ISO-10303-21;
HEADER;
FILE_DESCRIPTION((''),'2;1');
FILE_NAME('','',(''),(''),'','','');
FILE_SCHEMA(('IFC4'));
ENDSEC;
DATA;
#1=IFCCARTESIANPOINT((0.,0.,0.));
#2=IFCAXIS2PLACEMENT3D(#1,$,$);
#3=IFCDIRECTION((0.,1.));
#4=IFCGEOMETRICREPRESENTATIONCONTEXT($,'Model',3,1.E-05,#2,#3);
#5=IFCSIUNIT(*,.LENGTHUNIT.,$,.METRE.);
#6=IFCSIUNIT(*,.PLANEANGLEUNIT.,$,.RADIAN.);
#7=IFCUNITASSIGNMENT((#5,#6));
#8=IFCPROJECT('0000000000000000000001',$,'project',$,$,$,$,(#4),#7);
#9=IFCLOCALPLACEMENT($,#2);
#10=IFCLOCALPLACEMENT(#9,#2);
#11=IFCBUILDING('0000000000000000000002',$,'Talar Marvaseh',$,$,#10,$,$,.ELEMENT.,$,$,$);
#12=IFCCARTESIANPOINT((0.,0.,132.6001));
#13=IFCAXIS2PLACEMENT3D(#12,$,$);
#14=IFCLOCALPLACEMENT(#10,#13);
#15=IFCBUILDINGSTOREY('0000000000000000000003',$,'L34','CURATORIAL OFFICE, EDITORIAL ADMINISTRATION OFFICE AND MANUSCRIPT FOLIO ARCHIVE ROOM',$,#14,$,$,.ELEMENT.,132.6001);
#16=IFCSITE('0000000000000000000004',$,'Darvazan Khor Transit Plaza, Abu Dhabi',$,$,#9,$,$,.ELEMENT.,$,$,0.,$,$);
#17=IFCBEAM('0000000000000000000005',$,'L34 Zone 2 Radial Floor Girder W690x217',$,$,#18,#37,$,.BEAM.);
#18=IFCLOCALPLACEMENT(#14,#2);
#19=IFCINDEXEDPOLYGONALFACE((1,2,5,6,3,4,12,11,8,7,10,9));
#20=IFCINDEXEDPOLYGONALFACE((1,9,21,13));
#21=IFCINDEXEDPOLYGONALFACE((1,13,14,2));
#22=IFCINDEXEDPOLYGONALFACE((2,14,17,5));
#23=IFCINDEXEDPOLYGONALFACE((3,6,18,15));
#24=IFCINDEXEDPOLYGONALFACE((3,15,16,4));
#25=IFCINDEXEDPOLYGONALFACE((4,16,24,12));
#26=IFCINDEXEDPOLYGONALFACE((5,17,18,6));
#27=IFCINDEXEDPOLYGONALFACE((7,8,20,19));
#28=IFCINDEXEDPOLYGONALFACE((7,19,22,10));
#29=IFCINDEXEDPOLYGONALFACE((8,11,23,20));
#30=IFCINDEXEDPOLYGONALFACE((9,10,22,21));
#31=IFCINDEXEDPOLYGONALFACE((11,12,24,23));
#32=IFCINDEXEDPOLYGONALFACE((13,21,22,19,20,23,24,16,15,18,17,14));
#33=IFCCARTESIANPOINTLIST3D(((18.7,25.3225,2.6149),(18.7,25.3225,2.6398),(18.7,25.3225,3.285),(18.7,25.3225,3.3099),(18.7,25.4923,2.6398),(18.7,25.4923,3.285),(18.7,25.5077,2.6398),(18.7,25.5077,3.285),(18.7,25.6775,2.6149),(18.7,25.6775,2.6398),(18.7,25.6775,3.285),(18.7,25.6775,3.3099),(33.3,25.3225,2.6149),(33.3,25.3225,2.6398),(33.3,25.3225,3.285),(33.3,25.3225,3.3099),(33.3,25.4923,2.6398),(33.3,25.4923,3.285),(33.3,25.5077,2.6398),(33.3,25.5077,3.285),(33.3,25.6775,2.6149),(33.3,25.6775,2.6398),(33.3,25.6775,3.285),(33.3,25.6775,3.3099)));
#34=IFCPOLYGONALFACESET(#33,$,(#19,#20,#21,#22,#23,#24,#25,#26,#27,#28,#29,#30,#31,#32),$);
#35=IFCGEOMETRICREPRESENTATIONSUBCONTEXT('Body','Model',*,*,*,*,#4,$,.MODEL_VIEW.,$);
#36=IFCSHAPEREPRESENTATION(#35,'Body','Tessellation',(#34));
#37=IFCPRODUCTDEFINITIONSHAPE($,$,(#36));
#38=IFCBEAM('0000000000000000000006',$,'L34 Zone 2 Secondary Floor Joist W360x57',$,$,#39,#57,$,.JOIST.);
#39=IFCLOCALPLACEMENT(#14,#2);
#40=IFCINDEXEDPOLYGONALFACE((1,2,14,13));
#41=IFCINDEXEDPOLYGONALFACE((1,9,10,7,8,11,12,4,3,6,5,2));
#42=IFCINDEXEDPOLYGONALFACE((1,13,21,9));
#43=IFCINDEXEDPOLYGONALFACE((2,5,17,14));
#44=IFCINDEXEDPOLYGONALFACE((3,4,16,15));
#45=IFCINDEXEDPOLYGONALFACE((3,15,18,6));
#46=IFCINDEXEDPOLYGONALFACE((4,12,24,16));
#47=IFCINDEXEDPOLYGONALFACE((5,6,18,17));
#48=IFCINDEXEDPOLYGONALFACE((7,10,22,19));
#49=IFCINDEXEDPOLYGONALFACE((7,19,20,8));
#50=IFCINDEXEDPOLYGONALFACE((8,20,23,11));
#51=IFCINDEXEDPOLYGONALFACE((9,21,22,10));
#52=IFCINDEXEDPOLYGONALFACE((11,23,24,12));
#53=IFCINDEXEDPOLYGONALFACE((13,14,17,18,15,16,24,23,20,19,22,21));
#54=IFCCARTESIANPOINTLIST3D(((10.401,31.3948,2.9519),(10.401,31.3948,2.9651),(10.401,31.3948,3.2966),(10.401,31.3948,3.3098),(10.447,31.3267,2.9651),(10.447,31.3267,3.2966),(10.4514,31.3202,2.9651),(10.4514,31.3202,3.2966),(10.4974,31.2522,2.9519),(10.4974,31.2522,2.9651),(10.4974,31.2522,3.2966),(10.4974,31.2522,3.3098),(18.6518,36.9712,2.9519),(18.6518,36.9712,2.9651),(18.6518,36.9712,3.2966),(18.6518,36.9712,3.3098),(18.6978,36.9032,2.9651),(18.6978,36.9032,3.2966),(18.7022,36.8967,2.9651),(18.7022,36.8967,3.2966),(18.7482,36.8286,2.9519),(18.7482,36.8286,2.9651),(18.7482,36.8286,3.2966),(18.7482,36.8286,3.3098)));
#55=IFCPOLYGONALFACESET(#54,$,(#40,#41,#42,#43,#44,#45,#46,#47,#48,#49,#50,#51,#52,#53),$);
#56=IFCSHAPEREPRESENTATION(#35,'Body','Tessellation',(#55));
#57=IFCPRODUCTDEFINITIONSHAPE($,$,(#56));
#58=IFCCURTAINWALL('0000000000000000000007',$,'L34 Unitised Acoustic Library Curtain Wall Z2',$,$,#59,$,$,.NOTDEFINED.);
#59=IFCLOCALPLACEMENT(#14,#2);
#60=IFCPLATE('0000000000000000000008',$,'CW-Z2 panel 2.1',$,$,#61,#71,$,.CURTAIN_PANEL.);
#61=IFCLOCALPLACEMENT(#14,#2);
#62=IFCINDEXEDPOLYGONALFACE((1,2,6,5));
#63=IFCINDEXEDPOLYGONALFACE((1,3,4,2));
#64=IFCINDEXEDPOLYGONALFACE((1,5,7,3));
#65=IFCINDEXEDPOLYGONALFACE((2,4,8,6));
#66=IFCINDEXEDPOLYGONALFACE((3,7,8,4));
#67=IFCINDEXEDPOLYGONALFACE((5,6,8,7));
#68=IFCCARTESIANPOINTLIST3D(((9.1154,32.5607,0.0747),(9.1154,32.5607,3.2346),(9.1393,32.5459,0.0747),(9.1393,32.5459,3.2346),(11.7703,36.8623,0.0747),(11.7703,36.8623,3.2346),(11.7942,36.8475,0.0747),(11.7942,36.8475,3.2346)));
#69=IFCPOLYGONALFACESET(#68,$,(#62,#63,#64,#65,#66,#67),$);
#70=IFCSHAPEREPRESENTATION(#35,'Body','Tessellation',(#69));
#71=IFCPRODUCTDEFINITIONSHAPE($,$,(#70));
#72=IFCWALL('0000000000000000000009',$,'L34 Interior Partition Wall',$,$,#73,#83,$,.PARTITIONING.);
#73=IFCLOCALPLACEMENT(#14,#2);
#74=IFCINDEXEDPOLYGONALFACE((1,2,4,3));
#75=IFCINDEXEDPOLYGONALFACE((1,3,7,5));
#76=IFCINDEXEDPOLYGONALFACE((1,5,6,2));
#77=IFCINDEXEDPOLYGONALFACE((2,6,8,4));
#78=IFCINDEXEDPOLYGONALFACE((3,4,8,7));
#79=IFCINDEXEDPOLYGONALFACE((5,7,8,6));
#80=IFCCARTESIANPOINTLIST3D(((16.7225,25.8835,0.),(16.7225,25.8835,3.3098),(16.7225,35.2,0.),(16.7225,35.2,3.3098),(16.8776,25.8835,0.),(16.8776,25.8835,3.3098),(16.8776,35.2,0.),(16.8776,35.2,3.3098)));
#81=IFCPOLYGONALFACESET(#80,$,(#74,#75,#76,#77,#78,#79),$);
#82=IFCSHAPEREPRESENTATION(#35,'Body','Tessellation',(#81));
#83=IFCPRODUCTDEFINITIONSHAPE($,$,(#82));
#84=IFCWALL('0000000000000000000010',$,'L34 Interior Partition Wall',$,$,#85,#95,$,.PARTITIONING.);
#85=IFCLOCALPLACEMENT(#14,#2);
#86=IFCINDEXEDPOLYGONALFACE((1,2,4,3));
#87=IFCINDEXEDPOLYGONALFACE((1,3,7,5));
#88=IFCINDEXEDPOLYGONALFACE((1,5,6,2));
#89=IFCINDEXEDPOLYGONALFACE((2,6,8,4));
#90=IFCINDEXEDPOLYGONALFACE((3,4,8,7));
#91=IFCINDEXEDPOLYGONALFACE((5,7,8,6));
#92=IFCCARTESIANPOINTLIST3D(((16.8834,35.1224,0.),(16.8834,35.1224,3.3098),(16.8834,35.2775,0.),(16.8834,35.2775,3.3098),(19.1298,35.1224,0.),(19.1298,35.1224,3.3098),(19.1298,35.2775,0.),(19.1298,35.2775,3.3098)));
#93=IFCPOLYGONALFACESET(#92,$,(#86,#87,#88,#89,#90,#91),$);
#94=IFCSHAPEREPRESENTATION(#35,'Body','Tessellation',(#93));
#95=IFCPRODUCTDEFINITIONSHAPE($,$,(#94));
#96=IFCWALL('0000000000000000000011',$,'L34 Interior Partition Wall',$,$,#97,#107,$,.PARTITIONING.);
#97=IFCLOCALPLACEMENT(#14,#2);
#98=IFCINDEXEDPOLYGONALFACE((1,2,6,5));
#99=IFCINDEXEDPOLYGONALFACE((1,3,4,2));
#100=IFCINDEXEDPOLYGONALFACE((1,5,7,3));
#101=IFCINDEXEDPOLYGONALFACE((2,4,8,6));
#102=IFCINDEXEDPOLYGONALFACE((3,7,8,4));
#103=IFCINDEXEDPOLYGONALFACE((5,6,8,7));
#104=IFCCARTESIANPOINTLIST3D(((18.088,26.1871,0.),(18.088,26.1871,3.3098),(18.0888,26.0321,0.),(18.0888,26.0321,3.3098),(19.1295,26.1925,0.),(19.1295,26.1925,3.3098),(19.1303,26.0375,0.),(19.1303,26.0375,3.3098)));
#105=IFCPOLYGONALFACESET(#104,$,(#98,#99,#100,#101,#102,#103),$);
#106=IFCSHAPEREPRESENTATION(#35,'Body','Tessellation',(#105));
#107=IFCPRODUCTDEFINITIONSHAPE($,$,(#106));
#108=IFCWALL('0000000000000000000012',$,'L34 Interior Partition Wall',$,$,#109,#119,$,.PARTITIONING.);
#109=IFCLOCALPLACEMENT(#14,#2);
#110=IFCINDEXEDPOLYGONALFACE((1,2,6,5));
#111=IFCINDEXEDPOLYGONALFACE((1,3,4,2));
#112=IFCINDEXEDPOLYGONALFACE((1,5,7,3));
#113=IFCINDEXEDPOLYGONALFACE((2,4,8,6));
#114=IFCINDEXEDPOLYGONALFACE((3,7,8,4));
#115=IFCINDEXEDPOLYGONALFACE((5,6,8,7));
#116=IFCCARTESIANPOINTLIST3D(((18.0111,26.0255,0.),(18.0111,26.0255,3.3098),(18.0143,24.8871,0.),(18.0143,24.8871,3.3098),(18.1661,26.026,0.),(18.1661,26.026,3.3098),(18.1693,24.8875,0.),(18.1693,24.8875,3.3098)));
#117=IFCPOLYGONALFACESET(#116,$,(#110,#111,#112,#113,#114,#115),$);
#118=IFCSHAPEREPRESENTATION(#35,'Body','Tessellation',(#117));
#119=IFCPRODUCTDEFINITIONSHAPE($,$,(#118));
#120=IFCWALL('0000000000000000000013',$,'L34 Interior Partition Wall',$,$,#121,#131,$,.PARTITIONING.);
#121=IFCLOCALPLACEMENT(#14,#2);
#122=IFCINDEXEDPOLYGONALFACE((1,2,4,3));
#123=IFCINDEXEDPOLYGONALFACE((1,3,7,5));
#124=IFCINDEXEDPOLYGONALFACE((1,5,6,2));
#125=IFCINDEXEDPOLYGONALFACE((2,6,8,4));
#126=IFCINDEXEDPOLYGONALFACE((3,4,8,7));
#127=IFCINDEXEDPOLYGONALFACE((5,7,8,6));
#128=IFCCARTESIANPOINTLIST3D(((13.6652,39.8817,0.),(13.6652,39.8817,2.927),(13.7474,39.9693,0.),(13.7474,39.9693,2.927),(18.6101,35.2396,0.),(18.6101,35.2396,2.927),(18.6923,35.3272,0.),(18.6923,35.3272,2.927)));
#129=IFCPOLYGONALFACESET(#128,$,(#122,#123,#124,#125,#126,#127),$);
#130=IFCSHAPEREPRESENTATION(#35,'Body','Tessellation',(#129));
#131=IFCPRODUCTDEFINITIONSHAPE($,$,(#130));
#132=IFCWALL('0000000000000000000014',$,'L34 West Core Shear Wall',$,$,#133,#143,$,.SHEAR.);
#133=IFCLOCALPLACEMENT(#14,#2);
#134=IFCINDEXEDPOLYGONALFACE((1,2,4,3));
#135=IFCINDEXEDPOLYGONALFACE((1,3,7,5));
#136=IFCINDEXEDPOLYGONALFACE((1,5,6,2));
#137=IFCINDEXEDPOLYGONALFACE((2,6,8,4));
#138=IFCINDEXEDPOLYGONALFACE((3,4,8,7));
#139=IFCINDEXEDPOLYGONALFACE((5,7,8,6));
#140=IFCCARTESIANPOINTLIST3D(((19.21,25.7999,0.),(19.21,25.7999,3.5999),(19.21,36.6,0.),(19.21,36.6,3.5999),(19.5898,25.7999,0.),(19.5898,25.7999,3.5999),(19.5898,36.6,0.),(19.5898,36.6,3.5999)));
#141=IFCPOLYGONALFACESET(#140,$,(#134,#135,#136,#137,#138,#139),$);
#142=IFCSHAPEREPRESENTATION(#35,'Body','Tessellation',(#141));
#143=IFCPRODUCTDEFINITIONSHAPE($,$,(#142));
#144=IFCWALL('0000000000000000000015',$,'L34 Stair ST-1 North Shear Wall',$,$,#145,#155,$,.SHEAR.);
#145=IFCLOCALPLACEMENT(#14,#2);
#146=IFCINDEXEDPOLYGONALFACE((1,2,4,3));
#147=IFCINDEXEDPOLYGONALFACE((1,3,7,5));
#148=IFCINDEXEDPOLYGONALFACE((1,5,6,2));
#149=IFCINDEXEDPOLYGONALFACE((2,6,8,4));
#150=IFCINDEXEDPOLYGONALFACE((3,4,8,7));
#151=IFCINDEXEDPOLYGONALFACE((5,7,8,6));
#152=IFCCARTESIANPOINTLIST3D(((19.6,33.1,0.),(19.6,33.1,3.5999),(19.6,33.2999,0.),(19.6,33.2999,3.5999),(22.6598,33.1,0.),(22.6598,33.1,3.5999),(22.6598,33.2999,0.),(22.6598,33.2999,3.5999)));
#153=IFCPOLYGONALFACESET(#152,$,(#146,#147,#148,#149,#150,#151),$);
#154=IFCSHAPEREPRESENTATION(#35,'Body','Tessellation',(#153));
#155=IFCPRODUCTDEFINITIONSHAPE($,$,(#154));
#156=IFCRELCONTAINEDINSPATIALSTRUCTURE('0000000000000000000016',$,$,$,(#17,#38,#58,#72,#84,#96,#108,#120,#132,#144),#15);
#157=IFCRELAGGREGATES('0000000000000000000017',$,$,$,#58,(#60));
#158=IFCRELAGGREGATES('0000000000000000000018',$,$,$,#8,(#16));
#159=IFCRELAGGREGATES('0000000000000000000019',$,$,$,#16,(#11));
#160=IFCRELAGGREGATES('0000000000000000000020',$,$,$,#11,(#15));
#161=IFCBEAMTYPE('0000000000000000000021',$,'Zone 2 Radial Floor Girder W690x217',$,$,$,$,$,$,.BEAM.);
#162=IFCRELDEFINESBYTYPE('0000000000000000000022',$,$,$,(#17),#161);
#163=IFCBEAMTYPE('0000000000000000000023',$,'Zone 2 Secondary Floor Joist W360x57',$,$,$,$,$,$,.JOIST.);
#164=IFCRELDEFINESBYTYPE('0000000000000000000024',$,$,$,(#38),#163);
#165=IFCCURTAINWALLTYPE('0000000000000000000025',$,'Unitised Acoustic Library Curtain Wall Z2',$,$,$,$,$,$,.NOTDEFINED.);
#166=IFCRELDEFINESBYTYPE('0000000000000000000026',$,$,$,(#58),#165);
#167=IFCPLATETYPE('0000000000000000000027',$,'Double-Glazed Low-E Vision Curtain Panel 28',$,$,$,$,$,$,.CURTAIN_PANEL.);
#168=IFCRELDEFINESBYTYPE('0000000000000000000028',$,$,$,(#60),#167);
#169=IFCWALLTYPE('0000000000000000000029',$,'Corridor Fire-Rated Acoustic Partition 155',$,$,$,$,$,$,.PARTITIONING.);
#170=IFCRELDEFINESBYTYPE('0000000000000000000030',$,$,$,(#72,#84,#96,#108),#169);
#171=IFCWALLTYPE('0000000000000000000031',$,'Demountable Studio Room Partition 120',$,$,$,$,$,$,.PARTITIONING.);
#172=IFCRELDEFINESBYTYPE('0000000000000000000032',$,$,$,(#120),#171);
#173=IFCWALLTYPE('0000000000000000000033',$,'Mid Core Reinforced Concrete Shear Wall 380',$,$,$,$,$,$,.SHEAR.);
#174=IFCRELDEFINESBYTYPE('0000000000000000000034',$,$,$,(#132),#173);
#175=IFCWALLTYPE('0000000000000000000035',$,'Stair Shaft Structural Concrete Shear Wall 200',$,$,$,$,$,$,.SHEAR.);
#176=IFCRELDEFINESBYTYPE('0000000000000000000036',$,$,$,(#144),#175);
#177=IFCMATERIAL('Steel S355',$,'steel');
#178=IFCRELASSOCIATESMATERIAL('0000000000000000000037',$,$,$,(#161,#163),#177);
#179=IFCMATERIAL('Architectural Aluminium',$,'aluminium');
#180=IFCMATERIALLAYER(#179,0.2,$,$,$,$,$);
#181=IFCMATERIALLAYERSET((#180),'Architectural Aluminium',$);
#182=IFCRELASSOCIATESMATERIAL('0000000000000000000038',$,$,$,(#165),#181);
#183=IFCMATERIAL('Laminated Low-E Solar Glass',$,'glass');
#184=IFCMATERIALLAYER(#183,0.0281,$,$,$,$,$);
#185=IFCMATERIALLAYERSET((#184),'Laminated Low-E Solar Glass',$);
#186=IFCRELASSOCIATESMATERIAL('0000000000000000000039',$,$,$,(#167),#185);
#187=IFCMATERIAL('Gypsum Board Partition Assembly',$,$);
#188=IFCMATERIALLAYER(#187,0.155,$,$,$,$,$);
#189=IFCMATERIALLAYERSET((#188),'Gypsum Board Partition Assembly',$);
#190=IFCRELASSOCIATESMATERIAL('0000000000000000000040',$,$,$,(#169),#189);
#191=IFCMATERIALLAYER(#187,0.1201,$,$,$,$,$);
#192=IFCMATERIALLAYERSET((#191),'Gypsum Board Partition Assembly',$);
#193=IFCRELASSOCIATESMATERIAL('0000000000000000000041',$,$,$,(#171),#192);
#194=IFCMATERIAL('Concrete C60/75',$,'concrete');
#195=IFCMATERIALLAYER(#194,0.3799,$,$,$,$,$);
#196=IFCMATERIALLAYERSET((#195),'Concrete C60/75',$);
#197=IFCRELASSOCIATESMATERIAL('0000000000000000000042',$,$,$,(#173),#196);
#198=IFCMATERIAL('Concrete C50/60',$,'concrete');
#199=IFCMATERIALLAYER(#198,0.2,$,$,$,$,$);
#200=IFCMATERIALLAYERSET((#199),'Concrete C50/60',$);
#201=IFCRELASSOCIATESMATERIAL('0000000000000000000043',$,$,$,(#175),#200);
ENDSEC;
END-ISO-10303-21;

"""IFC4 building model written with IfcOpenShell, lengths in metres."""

from ifc_helpers import new_model, si_unit, direction, frame, frame_2d, origin, origin_2d, place, context, subcontext, project, spatial, rectangle, i_section, extrude, source, transform, mapped, material, layer, layer_set, material_profile, profile_set, type_object, type_shapes, element, aggregate, save


model = new_model("IFC4")

# Units and contexts
model_context = context("Model", 3, precision=1e-05, world=origin(), true_north=direction((0.0, 1.0)))
body_context = subcontext(model_context, "Body", "Model", "MODEL_VIEW")
ifc_project = project(units=[si_unit("LENGTHUNIT", "METRE"), si_unit("PLANEANGLEUNIT", "RADIAN")], contexts=[model_context])

# Site, building, storey
site_placement = place(None, origin())
site = spatial("IfcSite", under=ifc_project, at=site_placement, Name="Darvazan Khor Transit Plaza, Abu Dhabi", CompositionType="ELEMENT", RefElevation=0.0)
building_placement = place(site_placement, origin())
building = spatial("IfcBuilding", under=site, at=building_placement, Name="Talar Marvaseh", CompositionType="ELEMENT")
storey_placement = place(building_placement, frame((0.0, 0.0, 132.6001)))
storey = spatial("IfcBuildingStorey", under=building, at=storey_placement, Name="L34", Description="CURATORIAL OFFICE, EDITORIAL ADMINISTRATION OFFICE AND MANUSCRIPT FOLIO ARCHIVE ROOM", CompositionType="ELEMENT", Elevation=132.6001)

# Beams
ifc_material_1 = material(Name="Steel S355", Category="steel")
ifc_material_profile_1 = material_profile(ifc_material_1, i_section(OverallWidth=0.355, OverallDepth=0.6951, WebThickness=0.0154, FlangeThickness=0.0249, at=origin_2d()), Name="W690x217")
ifc_profile_set_1 = profile_set([ifc_material_profile_1], Name="Steel S355")
beam_type_1 = type_object("IfcBeamType", Name="Zone 2 Radial Floor Girder W690x217", PredefinedType="BEAM", material=ifc_profile_set_1)
beam_1_placement = place(storey_placement, frame((18.7, 25.5, 2.9624), z_axis=(1.0, 0.0, 0.0), x_axis=(0.0, 1.0, 0.0)))
element("IfcBeam", 1, at=beam_1_placement, inside=storey, type_object=beam_type_1, Name="L34 Zone 2 Radial Floor Girder W690x217", PredefinedType="BEAM", context=body_context, shape_type="SweptSolid", body=[
    extrude(i_section(OverallWidth=0.355, OverallDepth=0.6951, WebThickness=0.0154, FlangeThickness=0.0249, at=origin_2d()), origin(), (0.0, 0.0, 1.0), 14.6001),
])
ifc_material_profile_2 = material_profile(ifc_material_1, i_section(OverallWidth=0.1721, OverallDepth=0.3579, WebThickness=0.0078, FlangeThickness=0.0132, at=origin_2d()), Name="W360x57")
ifc_profile_set_2 = profile_set([ifc_material_profile_2], Name="Steel S355")
beam_type_2 = type_object("IfcBeamType", Name="Zone 2 Secondary Floor Joist W360x57", PredefinedType="JOIST", material=ifc_profile_set_2)
beam_2_placement = place(storey_placement, frame((10.4492, 31.3235, 3.1309), z_axis=(0.828515, 0.559967, 0.0), x_axis=(-0.559967, 0.828515, 0.0)))
element("IfcBeam", 2, at=beam_2_placement, inside=storey, type_object=beam_type_2, Name="L34 Zone 2 Secondary Floor Joist W360x57", PredefinedType="JOIST", context=body_context, shape_type="SweptSolid", body=[
    extrude(i_section(OverallWidth=0.1721, OverallDepth=0.3579, WebThickness=0.0078, FlangeThickness=0.0132, at=origin_2d()), origin(), (0.0, 0.0, 1.0), 9.9585),
])

# Curtain wall, plate
ifc_material_2 = material(Name="Architectural Aluminium", Category="aluminium")
ifc_layer_1 = layer(ifc_material_2, 0.2)
ifc_layer_set_1 = layer_set([ifc_layer_1], Name="Architectural Aluminium")
curtain_wall_type = type_object("IfcCurtainWallType", Name="Unitised Acoustic Library Curtain Wall Z2", PredefinedType="NOTDEFINED", material=ifc_layer_set_1)
curtain_wall_placement = place(storey_placement, origin())
curtain_wall = element("IfcCurtainWall", 3, at=curtain_wall_placement, inside=storey, type_object=curtain_wall_type, Name="L34 Unitised Acoustic Library Curtain Wall Z2", PredefinedType="NOTDEFINED")
ifc_material_3 = material(Name="Laminated Low-E Solar Glass", Category="glass")
ifc_layer_2 = layer(ifc_material_3, 0.0281)
ifc_layer_set_2 = layer_set([ifc_layer_2], Name="Laminated Low-E Solar Glass")
plate_type = type_object("IfcPlateType", Name="Double-Glazed Low-E Vision Curtain Panel 28", PredefinedType="CURTAIN_PANEL", material=ifc_layer_set_2)
shared_shape_1 = source(origin(), body_context, "Body", "SweptSolid", [
    extrude(rectangle(XDim=5.0549, YDim=0.0281, at=origin_2d()), origin(), (0.0, 0.0, 1.0), 3.1599),
])
type_shapes(plate_type, [shared_shape_1])
plate_placement = place(storey_placement, frame((10.4548, 34.7041, 0.0747), z_axis=(0.0, 0.0, 1.0), x_axis=(0.525207, 0.850974, 0.0)))
plate = element("IfcPlate", 4, at=plate_placement, type_object=plate_type, Name="CW-Z2 panel 2.1", PredefinedType="CURTAIN_PANEL", context=body_context, shape_type="MappedRepresentation", body=[
    mapped(shared_shape_1, transform((0.0, 0.0, 0.0), x_axis=(1.0, 0.0, 0.0), y_axis=(0.0, 1.0, 0.0), z_axis=(0.0, 0.0, 1.0), scale=1.0)),
])
aggregate(curtain_wall, [plate])

# Walls
ifc_material_4 = material(Name="Gypsum Board Partition Assembly")
ifc_layer_3 = layer(ifc_material_4, 0.155)
ifc_layer_set_3 = layer_set([ifc_layer_3], Name="Gypsum Board Partition Assembly")
wall_type_1 = type_object("IfcWallType", Name="Corridor Fire-Rated Acoustic Partition 155", PredefinedType="PARTITIONING", material=ifc_layer_set_3)
wall_1_placement = place(storey_placement, frame((16.8, 25.8835, 0.0), z_axis=(0.0, 0.0, 1.0), x_axis=(0.0, 1.0, 0.0)))
element("IfcWall", 5, at=wall_1_placement, inside=storey, type_object=wall_type_1, Name="L34 Interior Partition Wall", PredefinedType="PARTITIONING", context=body_context, shape_type="SweptSolid", body=[
    extrude(rectangle(XDim=9.3164, YDim=0.155, at=frame_2d((4.6582, 0.0))), origin(), (0.0, 0.0, 1.0), 3.3098),
])
wall_2_placement = place(storey_placement, frame((16.8835, 35.2, 0.0), z_axis=(0.0, 0.0, 1.0), x_axis=(1.0, 0.0, 0.0)))
element("IfcWall", 6, at=wall_2_placement, inside=storey, type_object=wall_type_1, Name="L34 Interior Partition Wall", PredefinedType="PARTITIONING", context=body_context, shape_type="SweptSolid", body=[
    extrude(rectangle(XDim=2.2463, YDim=0.155, at=frame_2d((1.123, 0.0))), origin(), (0.0, 0.0, 1.0), 3.3098),
])
wall_3_placement = place(storey_placement, frame((19.1299, 26.115, 0.0), z_axis=(0.0, 0.0, 1.0), x_axis=(-0.999987, -0.005157, 0.0)))
element("IfcWall", 7, at=wall_3_placement, inside=storey, type_object=wall_type_1, Name="L34 Interior Partition Wall", PredefinedType="PARTITIONING", context=body_context, shape_type="SweptSolid", body=[
    extrude(rectangle(XDim=1.0415, YDim=0.155, at=frame_2d((0.5208, 0.0))), origin(), (0.0, 0.0, 1.0), 3.3098),
])
wall_4_placement = place(storey_placement, frame((18.0886, 26.0259, 0.0), z_axis=(0.0, 0.0, 1.0), x_axis=(0.002788, -0.999996, 0.0)))
element("IfcWall", 8, at=wall_4_placement, inside=storey, type_object=wall_type_1, Name="L34 Interior Partition Wall", PredefinedType="PARTITIONING", context=body_context, shape_type="SweptSolid", body=[
    extrude(rectangle(XDim=1.1384, YDim=0.155, at=frame_2d((0.5693, 0.0))), origin(), (0.0, 0.0, 1.0), 3.3098),
])
ifc_layer_4 = layer(ifc_material_4, 0.1201)
ifc_layer_set_4 = layer_set([ifc_layer_4], Name="Gypsum Board Partition Assembly")
wall_type_2 = type_object("IfcWallType", Name="Demountable Studio Room Partition 120", PredefinedType="PARTITIONING", material=ifc_layer_set_4)
wall_5_placement = place(storey_placement, frame((18.6511, 35.2834, 0.0), z_axis=(0.0, 0.0, 1.0), x_axis=(-0.729072, 0.684437, 0.0)))
element("IfcWall", 9, at=wall_5_placement, inside=storey, type_object=wall_type_2, Name="L34 Interior Partition Wall", PredefinedType="PARTITIONING", context=body_context, shape_type="SweptSolid", body=[
    extrude(rectangle(XDim=6.7825, YDim=0.1201, at=frame_2d((3.3911, 0.0))), origin(), (0.0, 0.0, 1.0), 2.927),
])
ifc_material_5 = material(Name="Concrete C60/75", Category="concrete")
ifc_layer_5 = layer(ifc_material_5, 0.3799)
ifc_layer_set_5 = layer_set([ifc_layer_5], Name="Concrete C60/75")
wall_type_3 = type_object("IfcWallType", Name="Mid Core Reinforced Concrete Shear Wall 380", PredefinedType="SHEAR", material=ifc_layer_set_5)
wall_6_placement = place(storey_placement, frame((19.3999, 25.8, 0.0), z_axis=(0.0, 0.0, 1.0), x_axis=(0.0, 1.0, 0.0)))
element("IfcWall", 10, at=wall_6_placement, inside=storey, type_object=wall_type_3, Name="L34 West Core Shear Wall", PredefinedType="SHEAR", context=body_context, shape_type="SweptSolid", body=[
    extrude(rectangle(XDim=10.8, YDim=0.3799, at=frame_2d((5.3999, 0.0))), origin(), (0.0, 0.0, 1.0), 3.5999),
])
ifc_material_6 = material(Name="Concrete C50/60", Category="concrete")
ifc_layer_6 = layer(ifc_material_6, 0.2)
ifc_layer_set_6 = layer_set([ifc_layer_6], Name="Concrete C50/60")
wall_type_4 = type_object("IfcWallType", Name="Stair Shaft Structural Concrete Shear Wall 200", PredefinedType="SHEAR", material=ifc_layer_set_6)
wall_7_placement = place(storey_placement, frame((19.6001, 33.2, 0.0), z_axis=(0.0, 0.0, 1.0), x_axis=(1.0, 0.0, 0.0)))
element("IfcWall", 11, at=wall_7_placement, inside=storey, type_object=wall_type_4, Name="L34 Stair ST-1 North Shear Wall", PredefinedType="SHEAR", context=body_context, shape_type="SweptSolid", body=[
    extrude(rectangle(XDim=3.0598, YDim=0.2, at=frame_2d((1.5298, 0.0))), origin(), (0.0, 0.0, 1.0), 3.5999),
])

save(model, "model.ifc")
